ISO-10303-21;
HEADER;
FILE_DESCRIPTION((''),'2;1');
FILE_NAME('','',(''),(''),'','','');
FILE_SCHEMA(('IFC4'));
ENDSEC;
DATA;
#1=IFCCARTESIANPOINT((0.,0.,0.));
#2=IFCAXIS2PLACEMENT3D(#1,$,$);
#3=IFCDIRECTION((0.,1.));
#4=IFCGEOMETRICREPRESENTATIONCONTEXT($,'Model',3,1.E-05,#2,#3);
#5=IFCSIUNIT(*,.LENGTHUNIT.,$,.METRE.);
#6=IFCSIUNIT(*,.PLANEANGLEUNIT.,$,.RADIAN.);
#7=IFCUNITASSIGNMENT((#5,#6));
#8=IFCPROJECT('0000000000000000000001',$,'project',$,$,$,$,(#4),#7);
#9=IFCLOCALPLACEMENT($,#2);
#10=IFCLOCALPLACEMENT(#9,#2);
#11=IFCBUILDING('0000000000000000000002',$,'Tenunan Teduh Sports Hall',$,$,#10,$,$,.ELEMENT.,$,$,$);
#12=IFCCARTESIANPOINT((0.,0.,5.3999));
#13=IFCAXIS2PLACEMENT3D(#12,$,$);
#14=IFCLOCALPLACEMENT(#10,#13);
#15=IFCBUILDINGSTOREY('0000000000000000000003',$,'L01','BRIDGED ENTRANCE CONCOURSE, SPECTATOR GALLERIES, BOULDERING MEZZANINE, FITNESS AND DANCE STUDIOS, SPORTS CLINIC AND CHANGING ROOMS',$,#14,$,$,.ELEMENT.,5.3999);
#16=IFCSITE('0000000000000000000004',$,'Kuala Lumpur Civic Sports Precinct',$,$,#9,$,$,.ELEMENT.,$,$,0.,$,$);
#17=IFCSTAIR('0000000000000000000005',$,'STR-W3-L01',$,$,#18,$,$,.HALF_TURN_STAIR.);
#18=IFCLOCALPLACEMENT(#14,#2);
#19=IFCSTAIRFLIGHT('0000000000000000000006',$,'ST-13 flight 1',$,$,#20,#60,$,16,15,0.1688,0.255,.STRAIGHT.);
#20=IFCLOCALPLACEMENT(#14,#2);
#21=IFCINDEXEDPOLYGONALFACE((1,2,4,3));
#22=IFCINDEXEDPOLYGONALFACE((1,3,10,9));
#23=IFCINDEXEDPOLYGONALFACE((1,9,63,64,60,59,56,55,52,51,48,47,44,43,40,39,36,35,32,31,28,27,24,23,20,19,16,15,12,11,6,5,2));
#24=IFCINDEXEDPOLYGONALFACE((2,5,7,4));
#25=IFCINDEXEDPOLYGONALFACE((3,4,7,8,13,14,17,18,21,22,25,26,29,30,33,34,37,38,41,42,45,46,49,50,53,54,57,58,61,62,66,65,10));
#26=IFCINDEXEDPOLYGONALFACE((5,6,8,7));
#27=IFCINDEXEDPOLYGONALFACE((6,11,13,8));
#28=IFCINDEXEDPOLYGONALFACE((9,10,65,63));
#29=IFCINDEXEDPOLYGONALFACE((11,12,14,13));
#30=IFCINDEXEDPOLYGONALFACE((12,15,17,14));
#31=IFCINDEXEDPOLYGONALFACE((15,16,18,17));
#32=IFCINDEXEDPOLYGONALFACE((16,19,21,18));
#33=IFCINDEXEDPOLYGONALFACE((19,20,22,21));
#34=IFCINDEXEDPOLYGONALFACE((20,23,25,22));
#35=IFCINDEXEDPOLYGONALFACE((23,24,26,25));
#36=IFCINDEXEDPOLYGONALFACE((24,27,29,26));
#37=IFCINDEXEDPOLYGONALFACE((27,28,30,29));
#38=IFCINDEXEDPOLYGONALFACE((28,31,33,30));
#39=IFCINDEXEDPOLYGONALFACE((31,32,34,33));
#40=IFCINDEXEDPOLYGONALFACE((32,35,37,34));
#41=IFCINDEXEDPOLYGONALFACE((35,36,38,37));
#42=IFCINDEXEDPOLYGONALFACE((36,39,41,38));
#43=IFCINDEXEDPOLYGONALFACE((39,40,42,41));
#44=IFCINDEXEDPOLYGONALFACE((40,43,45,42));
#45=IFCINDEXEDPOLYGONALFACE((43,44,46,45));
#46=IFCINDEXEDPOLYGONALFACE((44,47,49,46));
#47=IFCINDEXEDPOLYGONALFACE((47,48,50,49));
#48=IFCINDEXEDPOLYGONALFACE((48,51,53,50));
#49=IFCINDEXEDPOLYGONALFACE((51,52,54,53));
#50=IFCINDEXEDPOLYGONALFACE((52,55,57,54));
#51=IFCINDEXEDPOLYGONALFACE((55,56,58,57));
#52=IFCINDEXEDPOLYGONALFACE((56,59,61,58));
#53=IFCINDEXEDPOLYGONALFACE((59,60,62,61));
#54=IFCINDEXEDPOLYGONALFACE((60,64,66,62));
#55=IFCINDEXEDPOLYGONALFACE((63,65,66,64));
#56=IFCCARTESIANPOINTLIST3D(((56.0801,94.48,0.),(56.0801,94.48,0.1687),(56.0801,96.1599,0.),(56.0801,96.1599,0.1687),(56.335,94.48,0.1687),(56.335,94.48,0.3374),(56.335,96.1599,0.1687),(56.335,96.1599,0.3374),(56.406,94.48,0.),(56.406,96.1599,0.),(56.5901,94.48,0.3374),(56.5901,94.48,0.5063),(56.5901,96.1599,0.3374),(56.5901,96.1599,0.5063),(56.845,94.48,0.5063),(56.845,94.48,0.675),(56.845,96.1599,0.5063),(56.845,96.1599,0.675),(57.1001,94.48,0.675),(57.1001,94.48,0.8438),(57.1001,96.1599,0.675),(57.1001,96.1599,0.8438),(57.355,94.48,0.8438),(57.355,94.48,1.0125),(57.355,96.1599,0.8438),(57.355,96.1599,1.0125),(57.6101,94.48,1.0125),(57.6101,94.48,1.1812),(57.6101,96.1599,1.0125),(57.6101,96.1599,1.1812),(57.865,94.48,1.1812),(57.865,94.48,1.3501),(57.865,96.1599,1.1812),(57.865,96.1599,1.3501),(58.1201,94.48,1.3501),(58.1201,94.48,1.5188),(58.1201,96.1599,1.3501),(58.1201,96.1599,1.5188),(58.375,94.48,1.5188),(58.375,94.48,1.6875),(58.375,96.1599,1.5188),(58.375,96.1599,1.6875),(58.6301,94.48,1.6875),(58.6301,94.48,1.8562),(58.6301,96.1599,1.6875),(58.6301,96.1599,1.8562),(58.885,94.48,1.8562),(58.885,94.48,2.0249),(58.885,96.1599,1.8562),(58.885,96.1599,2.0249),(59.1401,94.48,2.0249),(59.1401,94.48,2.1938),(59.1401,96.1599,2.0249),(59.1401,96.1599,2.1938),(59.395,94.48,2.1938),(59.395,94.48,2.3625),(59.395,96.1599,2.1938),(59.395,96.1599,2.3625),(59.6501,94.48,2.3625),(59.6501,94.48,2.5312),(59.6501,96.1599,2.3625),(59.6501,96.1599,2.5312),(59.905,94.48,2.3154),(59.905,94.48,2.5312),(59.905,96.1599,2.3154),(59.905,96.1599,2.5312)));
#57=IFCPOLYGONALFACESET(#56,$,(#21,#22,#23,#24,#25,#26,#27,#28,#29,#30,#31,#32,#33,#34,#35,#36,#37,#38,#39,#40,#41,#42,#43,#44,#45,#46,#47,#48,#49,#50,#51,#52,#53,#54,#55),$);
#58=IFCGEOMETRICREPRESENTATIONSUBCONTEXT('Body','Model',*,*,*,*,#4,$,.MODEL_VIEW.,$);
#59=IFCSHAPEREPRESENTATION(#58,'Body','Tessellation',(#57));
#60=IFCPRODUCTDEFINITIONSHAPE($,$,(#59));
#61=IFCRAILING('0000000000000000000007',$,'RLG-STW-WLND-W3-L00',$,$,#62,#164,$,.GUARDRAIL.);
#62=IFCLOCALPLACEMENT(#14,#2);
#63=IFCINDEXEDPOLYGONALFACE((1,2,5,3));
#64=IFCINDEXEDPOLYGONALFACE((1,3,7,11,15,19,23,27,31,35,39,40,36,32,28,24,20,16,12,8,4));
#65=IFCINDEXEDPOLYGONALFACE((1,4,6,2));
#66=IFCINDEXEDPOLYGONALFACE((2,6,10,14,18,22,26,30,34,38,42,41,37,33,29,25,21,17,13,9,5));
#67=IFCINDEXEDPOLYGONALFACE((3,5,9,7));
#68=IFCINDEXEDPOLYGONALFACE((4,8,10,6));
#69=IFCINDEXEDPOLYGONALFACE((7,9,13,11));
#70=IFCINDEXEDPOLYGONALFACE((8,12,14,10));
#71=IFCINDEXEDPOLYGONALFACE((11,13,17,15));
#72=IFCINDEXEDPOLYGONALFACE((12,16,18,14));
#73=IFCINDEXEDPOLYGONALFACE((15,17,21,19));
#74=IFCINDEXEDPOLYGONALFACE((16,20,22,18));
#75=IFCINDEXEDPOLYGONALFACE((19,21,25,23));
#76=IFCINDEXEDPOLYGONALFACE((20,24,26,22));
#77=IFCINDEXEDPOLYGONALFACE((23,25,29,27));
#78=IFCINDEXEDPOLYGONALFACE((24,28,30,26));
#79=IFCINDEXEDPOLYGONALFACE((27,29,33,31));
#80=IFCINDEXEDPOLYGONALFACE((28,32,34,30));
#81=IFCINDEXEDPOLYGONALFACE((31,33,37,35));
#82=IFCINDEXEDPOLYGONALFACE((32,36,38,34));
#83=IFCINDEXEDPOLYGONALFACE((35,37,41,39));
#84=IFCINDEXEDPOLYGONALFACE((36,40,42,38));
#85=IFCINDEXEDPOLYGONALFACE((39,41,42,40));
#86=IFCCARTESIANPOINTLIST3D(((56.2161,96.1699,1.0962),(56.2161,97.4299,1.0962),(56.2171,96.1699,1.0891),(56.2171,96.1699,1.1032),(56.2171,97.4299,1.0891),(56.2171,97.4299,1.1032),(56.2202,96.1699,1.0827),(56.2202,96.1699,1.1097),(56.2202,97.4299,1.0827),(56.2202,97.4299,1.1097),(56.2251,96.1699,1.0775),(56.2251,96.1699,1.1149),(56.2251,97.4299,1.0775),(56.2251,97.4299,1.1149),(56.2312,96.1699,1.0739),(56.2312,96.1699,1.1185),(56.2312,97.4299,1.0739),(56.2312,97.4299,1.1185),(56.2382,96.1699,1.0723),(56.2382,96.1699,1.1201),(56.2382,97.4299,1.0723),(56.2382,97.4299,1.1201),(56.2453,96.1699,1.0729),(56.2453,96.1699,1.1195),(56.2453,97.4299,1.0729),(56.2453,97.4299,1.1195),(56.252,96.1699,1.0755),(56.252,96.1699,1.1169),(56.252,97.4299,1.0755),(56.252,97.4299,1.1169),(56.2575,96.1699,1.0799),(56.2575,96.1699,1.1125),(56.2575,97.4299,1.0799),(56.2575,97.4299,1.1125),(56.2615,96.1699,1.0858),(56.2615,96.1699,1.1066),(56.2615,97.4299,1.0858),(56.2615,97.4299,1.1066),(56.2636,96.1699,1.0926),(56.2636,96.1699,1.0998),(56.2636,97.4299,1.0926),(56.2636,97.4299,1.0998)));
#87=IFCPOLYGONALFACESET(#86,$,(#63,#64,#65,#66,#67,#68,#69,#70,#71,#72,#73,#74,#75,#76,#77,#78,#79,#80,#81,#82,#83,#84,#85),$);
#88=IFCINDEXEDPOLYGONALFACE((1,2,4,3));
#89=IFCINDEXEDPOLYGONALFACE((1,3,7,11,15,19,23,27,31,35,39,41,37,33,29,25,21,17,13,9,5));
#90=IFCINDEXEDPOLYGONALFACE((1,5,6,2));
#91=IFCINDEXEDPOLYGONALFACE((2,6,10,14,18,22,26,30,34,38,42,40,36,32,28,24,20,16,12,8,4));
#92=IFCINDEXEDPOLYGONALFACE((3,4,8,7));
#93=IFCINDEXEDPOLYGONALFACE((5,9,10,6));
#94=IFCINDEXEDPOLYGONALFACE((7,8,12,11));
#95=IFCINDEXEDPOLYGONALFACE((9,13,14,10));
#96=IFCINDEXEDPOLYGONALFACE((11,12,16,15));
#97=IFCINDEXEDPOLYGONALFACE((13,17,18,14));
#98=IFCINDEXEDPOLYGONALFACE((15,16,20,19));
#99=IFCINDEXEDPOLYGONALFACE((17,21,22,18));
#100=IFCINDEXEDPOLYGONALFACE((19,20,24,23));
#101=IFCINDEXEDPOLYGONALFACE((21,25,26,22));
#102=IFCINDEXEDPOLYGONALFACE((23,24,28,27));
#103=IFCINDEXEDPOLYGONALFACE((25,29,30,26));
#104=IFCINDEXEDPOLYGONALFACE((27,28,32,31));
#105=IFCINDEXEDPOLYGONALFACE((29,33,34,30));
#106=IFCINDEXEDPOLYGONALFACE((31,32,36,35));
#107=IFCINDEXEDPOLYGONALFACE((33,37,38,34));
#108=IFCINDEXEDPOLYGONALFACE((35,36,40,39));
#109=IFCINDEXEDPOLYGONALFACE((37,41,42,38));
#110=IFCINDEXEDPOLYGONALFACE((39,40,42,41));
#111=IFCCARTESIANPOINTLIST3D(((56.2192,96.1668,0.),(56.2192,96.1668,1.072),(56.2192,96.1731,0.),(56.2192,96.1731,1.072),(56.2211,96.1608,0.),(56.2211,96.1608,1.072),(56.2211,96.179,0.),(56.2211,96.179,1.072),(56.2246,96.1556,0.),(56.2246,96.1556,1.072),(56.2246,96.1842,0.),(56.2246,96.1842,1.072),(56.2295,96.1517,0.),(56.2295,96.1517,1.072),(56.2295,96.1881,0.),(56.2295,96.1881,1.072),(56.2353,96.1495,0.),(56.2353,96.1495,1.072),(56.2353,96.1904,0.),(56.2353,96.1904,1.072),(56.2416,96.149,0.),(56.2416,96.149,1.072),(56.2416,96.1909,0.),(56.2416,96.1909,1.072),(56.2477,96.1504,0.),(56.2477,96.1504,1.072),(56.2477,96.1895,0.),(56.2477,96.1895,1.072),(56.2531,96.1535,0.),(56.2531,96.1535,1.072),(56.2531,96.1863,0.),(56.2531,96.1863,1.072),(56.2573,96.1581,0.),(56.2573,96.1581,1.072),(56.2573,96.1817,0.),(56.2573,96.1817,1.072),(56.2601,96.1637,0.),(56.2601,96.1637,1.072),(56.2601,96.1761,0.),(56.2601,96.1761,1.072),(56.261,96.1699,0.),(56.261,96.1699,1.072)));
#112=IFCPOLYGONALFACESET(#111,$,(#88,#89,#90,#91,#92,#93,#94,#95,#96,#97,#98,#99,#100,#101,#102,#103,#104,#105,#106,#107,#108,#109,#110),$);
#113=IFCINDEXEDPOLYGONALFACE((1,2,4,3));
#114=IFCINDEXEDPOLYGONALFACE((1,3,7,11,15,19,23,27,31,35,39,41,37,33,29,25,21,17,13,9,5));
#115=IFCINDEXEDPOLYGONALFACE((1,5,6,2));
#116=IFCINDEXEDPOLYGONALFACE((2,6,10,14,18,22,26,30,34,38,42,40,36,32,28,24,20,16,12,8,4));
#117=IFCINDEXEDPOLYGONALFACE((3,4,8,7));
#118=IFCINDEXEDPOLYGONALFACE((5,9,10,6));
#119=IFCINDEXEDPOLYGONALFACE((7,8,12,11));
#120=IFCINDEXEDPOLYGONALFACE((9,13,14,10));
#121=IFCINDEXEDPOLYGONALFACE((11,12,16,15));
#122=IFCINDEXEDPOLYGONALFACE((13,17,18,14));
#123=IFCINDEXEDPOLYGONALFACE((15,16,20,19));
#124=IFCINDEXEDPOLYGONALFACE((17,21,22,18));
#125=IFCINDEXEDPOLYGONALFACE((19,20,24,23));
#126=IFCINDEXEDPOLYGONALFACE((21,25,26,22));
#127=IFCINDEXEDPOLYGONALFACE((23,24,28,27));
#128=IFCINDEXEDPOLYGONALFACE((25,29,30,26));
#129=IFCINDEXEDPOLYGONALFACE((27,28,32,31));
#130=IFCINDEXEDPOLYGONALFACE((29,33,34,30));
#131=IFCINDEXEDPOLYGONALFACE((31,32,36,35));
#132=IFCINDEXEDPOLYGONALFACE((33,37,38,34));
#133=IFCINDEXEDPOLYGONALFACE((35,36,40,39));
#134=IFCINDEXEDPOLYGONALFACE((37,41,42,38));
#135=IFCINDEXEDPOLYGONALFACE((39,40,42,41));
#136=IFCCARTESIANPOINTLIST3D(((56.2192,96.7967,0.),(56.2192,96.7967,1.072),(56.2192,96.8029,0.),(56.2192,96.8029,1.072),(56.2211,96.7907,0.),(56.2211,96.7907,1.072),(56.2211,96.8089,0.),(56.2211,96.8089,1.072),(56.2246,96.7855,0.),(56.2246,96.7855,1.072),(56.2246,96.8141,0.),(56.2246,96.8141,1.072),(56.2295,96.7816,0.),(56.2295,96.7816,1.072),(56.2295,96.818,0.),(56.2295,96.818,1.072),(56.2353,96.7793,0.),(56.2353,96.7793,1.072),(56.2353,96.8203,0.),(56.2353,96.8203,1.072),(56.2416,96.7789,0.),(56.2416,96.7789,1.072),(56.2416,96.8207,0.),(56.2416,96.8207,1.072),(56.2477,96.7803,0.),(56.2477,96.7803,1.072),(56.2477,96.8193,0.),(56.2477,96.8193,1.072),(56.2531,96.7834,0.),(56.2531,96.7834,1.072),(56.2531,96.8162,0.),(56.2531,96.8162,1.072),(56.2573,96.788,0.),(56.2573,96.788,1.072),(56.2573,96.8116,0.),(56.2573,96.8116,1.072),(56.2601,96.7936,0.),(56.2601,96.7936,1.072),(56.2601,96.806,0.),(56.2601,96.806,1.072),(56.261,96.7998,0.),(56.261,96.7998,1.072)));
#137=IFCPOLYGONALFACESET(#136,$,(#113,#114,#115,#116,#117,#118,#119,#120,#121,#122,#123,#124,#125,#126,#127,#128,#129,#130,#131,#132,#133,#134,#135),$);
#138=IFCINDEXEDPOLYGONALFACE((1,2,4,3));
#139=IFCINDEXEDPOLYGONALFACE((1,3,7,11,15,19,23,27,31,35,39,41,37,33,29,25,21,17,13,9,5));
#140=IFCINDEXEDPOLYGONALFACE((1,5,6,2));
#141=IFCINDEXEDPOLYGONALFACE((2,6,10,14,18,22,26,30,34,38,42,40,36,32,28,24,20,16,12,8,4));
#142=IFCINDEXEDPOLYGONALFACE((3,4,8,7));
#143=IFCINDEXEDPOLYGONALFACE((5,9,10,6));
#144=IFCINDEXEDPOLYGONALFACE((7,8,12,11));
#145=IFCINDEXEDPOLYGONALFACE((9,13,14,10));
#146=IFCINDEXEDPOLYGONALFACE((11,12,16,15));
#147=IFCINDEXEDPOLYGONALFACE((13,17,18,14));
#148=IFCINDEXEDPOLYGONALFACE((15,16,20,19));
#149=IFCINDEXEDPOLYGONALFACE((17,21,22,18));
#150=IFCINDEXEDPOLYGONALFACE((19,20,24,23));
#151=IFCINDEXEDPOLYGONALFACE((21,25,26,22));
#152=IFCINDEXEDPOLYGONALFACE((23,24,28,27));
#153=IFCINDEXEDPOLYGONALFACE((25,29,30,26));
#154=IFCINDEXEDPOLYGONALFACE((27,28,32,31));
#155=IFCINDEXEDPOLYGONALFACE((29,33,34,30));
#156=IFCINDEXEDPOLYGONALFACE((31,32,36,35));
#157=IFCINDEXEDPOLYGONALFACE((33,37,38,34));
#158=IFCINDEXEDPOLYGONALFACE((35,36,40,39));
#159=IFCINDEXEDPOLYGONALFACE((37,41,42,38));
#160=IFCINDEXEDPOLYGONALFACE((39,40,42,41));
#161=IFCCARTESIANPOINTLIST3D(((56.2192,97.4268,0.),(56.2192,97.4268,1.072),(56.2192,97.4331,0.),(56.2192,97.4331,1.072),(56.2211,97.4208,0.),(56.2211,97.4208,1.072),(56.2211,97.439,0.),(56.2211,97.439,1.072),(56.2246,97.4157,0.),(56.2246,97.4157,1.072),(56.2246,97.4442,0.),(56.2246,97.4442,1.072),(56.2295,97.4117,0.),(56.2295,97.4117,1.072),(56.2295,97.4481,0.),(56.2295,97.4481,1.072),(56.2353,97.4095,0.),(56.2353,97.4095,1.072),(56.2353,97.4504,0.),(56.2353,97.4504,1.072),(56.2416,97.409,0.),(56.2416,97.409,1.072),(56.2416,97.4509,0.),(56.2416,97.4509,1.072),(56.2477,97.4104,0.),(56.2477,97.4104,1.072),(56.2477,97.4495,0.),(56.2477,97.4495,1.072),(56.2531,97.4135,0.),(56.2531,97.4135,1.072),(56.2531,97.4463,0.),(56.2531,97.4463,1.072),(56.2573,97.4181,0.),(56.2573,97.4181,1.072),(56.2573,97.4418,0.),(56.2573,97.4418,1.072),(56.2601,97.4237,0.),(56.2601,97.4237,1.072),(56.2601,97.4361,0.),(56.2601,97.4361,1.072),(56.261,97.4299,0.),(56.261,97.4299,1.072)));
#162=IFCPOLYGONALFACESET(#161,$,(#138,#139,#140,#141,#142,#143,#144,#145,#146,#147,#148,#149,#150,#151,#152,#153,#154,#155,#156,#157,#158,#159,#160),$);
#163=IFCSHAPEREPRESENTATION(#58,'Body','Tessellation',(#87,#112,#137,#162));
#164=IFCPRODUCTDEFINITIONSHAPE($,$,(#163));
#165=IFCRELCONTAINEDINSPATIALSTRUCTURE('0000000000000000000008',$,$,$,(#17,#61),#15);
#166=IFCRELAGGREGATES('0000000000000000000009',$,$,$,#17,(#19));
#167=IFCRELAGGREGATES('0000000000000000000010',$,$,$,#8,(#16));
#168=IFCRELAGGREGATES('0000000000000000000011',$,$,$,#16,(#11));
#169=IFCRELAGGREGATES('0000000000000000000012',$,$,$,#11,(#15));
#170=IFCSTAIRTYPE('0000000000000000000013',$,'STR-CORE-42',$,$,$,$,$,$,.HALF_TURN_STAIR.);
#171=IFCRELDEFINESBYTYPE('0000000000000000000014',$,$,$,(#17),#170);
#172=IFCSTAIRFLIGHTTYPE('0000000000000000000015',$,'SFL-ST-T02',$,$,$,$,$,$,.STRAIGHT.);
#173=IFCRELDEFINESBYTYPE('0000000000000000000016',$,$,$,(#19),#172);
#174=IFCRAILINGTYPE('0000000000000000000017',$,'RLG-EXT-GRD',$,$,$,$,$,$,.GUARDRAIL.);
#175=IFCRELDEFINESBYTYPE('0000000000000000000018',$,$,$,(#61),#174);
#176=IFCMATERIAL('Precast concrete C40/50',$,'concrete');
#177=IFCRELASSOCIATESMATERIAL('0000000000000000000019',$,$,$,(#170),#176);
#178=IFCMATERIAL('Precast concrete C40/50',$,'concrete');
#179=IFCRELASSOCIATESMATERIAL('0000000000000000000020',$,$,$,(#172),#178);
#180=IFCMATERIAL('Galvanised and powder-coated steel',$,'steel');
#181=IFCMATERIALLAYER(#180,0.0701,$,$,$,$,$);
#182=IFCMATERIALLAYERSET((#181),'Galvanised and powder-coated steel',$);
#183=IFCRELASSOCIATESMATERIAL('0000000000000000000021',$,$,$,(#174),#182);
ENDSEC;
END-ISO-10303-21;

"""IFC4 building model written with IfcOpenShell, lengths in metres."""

from ifc_helpers import new_model, si_unit, direction, frame, origin, origin_2d, place, context, subcontext, project, spatial, polyline, circle, outline, extrude, material, layer, layer_set, type_object, element, aggregate, save


model = new_model("IFC4")

# Units and contexts
model_context = context("Model", 3, precision=1e-05, world=origin(), true_north=direction((0.0, 1.0)))
body_context = subcontext(model_context, "Body", "Model", "MODEL_VIEW")
ifc_project = project(units=[si_unit("LENGTHUNIT", "METRE"), si_unit("PLANEANGLEUNIT", "RADIAN")], contexts=[model_context])

# Site, building, storey
site_placement = place(None, origin())
site = spatial("IfcSite", under=ifc_project, at=site_placement, Name="Kuala Lumpur Civic Sports Precinct", CompositionType="ELEMENT", RefElevation=0.0)
building_placement = place(site_placement, origin())
building = spatial("IfcBuilding", under=site, at=building_placement, Name="Tenunan Teduh Sports Hall", CompositionType="ELEMENT")
storey_placement = place(building_placement, frame((0.0, 0.0, 5.3999)))
storey = spatial("IfcBuildingStorey", under=building, at=storey_placement, Name="L01", Description="BRIDGED ENTRANCE CONCOURSE, SPECTATOR GALLERIES, BOULDERING MEZZANINE, FITNESS AND DANCE STUDIOS, SPORTS CLINIC AND CHANGING ROOMS", CompositionType="ELEMENT", Elevation=5.3999)

# Stair, stair flight
ifc_material_1 = material(Name="Precast concrete C40/50", Category="concrete")
stair_type = type_object("IfcStairType", Name="STR-CORE-42", PredefinedType="HALF_TURN_STAIR", material=ifc_material_1)
stair_placement = place(storey_placement, origin())
stair = element("IfcStair", 1, at=stair_placement, inside=storey, type_object=stair_type, Name="STR-W3-L01", PredefinedType="HALF_TURN_STAIR")
ifc_material_2 = material(Name="Precast concrete C40/50", Category="concrete")
stair_flight_type = type_object("IfcStairFlightType", Name="SFL-ST-T02", PredefinedType="STRAIGHT", material=ifc_material_2)
stair_flight_placement = place(storey_placement, frame((56.0801, 95.3201, 0.0), z_axis=(0.0, 0.0, 1.0), x_axis=(1.0, 0.0, 0.0)))
stair_flight = element("IfcStairFlight", 2, at=stair_flight_placement, type_object=stair_flight_type, Name="ST-13 flight 1", NumberOfRisers=16, NumberOfTreads=15, PredefinedType="STRAIGHT", RiserHeight=0.1688, TreadLength=0.255, context=body_context, shape_type="SweptSolid", body=[
    extrude(outline(polyline([(0.0, 0.0), (0.0, 0.1687), (0.2549, 0.1687), (0.2549, 0.3374), (0.51, 0.3374), (0.51, 0.5063), (0.7649, 0.5063), (0.7649, 0.675), (1.02, 0.675), (1.02, 0.8438), (1.2749, 0.8438), (1.2749, 1.0125), (1.53, 1.0125), (1.53, 1.1812), (1.7849, 1.1812), (1.7849, 1.3501), (2.04, 1.3501), (2.04, 1.5188), (2.2949, 1.5188), (2.2949, 1.6875), (2.55, 1.6875), (2.55, 1.8562), (2.8049, 1.8562), (2.8049, 2.0249), (3.0601, 2.0249), (3.0601, 2.1938), (3.3149, 2.1938), (3.3149, 2.3625), (3.5701, 2.3625), (3.5701, 2.5312), (3.825, 2.5312), (3.825, 2.7), (3.825, 2.3154), (0.3259, 0.0), (0.0, 0.0)])), frame((0.0, 0.8398, 0.0), z_axis=(0.0, -1.0, 0.0), x_axis=(1.0, 0.0, 0.0)), (0.0, 0.0, 1.0), 1.6799),
])

# Railing
ifc_material_3 = material(Name="Galvanised and powder-coated steel", Category="steel")
ifc_layer_1 = layer(ifc_material_3, 0.0701)
ifc_layer_set_1 = layer_set([ifc_layer_1], Name="Galvanised and powder-coated steel")
railing_type_1 = type_object("IfcRailingType", Name="RLG-EXT-GRD", PredefinedType="GUARDRAIL", material=ifc_layer_set_1)
railing_1_placement = place(storey_placement, frame((56.24, 96.1699, 0.0)))
element("IfcRailing", 3, at=railing_1_placement, inside=storey, type_object=railing_type_1, Name="RLG-STW-WLND-W3-L00", PredefinedType="GUARDRAIL", context=body_context, shape_type="SweptSolid", body=[
    extrude(circle(Radius=0.0239, at=origin_2d()), frame((0.0, 0.0, 1.0962), z_axis=(0.0, 1.0, 0.0), x_axis=(-1.0, 0.0, 0.0)), (0.0, 0.0, 1.0), 1.26),
    extrude(circle(Radius=0.021, at=origin_2d()), origin(), (0.0, 0.0, 1.0), 1.072),
    extrude(circle(Radius=0.021, at=origin_2d()), frame((0.0, 0.6299, 0.0)), (0.0, 0.0, 1.0), 1.072),
    extrude(circle(Radius=0.021, at=origin_2d()), frame((0.0, 1.26, 0.0)), (0.0, 0.0, 1.0), 1.072),
])

aggregate(stair, [stair_flight])

save(model, "model.ifc")
